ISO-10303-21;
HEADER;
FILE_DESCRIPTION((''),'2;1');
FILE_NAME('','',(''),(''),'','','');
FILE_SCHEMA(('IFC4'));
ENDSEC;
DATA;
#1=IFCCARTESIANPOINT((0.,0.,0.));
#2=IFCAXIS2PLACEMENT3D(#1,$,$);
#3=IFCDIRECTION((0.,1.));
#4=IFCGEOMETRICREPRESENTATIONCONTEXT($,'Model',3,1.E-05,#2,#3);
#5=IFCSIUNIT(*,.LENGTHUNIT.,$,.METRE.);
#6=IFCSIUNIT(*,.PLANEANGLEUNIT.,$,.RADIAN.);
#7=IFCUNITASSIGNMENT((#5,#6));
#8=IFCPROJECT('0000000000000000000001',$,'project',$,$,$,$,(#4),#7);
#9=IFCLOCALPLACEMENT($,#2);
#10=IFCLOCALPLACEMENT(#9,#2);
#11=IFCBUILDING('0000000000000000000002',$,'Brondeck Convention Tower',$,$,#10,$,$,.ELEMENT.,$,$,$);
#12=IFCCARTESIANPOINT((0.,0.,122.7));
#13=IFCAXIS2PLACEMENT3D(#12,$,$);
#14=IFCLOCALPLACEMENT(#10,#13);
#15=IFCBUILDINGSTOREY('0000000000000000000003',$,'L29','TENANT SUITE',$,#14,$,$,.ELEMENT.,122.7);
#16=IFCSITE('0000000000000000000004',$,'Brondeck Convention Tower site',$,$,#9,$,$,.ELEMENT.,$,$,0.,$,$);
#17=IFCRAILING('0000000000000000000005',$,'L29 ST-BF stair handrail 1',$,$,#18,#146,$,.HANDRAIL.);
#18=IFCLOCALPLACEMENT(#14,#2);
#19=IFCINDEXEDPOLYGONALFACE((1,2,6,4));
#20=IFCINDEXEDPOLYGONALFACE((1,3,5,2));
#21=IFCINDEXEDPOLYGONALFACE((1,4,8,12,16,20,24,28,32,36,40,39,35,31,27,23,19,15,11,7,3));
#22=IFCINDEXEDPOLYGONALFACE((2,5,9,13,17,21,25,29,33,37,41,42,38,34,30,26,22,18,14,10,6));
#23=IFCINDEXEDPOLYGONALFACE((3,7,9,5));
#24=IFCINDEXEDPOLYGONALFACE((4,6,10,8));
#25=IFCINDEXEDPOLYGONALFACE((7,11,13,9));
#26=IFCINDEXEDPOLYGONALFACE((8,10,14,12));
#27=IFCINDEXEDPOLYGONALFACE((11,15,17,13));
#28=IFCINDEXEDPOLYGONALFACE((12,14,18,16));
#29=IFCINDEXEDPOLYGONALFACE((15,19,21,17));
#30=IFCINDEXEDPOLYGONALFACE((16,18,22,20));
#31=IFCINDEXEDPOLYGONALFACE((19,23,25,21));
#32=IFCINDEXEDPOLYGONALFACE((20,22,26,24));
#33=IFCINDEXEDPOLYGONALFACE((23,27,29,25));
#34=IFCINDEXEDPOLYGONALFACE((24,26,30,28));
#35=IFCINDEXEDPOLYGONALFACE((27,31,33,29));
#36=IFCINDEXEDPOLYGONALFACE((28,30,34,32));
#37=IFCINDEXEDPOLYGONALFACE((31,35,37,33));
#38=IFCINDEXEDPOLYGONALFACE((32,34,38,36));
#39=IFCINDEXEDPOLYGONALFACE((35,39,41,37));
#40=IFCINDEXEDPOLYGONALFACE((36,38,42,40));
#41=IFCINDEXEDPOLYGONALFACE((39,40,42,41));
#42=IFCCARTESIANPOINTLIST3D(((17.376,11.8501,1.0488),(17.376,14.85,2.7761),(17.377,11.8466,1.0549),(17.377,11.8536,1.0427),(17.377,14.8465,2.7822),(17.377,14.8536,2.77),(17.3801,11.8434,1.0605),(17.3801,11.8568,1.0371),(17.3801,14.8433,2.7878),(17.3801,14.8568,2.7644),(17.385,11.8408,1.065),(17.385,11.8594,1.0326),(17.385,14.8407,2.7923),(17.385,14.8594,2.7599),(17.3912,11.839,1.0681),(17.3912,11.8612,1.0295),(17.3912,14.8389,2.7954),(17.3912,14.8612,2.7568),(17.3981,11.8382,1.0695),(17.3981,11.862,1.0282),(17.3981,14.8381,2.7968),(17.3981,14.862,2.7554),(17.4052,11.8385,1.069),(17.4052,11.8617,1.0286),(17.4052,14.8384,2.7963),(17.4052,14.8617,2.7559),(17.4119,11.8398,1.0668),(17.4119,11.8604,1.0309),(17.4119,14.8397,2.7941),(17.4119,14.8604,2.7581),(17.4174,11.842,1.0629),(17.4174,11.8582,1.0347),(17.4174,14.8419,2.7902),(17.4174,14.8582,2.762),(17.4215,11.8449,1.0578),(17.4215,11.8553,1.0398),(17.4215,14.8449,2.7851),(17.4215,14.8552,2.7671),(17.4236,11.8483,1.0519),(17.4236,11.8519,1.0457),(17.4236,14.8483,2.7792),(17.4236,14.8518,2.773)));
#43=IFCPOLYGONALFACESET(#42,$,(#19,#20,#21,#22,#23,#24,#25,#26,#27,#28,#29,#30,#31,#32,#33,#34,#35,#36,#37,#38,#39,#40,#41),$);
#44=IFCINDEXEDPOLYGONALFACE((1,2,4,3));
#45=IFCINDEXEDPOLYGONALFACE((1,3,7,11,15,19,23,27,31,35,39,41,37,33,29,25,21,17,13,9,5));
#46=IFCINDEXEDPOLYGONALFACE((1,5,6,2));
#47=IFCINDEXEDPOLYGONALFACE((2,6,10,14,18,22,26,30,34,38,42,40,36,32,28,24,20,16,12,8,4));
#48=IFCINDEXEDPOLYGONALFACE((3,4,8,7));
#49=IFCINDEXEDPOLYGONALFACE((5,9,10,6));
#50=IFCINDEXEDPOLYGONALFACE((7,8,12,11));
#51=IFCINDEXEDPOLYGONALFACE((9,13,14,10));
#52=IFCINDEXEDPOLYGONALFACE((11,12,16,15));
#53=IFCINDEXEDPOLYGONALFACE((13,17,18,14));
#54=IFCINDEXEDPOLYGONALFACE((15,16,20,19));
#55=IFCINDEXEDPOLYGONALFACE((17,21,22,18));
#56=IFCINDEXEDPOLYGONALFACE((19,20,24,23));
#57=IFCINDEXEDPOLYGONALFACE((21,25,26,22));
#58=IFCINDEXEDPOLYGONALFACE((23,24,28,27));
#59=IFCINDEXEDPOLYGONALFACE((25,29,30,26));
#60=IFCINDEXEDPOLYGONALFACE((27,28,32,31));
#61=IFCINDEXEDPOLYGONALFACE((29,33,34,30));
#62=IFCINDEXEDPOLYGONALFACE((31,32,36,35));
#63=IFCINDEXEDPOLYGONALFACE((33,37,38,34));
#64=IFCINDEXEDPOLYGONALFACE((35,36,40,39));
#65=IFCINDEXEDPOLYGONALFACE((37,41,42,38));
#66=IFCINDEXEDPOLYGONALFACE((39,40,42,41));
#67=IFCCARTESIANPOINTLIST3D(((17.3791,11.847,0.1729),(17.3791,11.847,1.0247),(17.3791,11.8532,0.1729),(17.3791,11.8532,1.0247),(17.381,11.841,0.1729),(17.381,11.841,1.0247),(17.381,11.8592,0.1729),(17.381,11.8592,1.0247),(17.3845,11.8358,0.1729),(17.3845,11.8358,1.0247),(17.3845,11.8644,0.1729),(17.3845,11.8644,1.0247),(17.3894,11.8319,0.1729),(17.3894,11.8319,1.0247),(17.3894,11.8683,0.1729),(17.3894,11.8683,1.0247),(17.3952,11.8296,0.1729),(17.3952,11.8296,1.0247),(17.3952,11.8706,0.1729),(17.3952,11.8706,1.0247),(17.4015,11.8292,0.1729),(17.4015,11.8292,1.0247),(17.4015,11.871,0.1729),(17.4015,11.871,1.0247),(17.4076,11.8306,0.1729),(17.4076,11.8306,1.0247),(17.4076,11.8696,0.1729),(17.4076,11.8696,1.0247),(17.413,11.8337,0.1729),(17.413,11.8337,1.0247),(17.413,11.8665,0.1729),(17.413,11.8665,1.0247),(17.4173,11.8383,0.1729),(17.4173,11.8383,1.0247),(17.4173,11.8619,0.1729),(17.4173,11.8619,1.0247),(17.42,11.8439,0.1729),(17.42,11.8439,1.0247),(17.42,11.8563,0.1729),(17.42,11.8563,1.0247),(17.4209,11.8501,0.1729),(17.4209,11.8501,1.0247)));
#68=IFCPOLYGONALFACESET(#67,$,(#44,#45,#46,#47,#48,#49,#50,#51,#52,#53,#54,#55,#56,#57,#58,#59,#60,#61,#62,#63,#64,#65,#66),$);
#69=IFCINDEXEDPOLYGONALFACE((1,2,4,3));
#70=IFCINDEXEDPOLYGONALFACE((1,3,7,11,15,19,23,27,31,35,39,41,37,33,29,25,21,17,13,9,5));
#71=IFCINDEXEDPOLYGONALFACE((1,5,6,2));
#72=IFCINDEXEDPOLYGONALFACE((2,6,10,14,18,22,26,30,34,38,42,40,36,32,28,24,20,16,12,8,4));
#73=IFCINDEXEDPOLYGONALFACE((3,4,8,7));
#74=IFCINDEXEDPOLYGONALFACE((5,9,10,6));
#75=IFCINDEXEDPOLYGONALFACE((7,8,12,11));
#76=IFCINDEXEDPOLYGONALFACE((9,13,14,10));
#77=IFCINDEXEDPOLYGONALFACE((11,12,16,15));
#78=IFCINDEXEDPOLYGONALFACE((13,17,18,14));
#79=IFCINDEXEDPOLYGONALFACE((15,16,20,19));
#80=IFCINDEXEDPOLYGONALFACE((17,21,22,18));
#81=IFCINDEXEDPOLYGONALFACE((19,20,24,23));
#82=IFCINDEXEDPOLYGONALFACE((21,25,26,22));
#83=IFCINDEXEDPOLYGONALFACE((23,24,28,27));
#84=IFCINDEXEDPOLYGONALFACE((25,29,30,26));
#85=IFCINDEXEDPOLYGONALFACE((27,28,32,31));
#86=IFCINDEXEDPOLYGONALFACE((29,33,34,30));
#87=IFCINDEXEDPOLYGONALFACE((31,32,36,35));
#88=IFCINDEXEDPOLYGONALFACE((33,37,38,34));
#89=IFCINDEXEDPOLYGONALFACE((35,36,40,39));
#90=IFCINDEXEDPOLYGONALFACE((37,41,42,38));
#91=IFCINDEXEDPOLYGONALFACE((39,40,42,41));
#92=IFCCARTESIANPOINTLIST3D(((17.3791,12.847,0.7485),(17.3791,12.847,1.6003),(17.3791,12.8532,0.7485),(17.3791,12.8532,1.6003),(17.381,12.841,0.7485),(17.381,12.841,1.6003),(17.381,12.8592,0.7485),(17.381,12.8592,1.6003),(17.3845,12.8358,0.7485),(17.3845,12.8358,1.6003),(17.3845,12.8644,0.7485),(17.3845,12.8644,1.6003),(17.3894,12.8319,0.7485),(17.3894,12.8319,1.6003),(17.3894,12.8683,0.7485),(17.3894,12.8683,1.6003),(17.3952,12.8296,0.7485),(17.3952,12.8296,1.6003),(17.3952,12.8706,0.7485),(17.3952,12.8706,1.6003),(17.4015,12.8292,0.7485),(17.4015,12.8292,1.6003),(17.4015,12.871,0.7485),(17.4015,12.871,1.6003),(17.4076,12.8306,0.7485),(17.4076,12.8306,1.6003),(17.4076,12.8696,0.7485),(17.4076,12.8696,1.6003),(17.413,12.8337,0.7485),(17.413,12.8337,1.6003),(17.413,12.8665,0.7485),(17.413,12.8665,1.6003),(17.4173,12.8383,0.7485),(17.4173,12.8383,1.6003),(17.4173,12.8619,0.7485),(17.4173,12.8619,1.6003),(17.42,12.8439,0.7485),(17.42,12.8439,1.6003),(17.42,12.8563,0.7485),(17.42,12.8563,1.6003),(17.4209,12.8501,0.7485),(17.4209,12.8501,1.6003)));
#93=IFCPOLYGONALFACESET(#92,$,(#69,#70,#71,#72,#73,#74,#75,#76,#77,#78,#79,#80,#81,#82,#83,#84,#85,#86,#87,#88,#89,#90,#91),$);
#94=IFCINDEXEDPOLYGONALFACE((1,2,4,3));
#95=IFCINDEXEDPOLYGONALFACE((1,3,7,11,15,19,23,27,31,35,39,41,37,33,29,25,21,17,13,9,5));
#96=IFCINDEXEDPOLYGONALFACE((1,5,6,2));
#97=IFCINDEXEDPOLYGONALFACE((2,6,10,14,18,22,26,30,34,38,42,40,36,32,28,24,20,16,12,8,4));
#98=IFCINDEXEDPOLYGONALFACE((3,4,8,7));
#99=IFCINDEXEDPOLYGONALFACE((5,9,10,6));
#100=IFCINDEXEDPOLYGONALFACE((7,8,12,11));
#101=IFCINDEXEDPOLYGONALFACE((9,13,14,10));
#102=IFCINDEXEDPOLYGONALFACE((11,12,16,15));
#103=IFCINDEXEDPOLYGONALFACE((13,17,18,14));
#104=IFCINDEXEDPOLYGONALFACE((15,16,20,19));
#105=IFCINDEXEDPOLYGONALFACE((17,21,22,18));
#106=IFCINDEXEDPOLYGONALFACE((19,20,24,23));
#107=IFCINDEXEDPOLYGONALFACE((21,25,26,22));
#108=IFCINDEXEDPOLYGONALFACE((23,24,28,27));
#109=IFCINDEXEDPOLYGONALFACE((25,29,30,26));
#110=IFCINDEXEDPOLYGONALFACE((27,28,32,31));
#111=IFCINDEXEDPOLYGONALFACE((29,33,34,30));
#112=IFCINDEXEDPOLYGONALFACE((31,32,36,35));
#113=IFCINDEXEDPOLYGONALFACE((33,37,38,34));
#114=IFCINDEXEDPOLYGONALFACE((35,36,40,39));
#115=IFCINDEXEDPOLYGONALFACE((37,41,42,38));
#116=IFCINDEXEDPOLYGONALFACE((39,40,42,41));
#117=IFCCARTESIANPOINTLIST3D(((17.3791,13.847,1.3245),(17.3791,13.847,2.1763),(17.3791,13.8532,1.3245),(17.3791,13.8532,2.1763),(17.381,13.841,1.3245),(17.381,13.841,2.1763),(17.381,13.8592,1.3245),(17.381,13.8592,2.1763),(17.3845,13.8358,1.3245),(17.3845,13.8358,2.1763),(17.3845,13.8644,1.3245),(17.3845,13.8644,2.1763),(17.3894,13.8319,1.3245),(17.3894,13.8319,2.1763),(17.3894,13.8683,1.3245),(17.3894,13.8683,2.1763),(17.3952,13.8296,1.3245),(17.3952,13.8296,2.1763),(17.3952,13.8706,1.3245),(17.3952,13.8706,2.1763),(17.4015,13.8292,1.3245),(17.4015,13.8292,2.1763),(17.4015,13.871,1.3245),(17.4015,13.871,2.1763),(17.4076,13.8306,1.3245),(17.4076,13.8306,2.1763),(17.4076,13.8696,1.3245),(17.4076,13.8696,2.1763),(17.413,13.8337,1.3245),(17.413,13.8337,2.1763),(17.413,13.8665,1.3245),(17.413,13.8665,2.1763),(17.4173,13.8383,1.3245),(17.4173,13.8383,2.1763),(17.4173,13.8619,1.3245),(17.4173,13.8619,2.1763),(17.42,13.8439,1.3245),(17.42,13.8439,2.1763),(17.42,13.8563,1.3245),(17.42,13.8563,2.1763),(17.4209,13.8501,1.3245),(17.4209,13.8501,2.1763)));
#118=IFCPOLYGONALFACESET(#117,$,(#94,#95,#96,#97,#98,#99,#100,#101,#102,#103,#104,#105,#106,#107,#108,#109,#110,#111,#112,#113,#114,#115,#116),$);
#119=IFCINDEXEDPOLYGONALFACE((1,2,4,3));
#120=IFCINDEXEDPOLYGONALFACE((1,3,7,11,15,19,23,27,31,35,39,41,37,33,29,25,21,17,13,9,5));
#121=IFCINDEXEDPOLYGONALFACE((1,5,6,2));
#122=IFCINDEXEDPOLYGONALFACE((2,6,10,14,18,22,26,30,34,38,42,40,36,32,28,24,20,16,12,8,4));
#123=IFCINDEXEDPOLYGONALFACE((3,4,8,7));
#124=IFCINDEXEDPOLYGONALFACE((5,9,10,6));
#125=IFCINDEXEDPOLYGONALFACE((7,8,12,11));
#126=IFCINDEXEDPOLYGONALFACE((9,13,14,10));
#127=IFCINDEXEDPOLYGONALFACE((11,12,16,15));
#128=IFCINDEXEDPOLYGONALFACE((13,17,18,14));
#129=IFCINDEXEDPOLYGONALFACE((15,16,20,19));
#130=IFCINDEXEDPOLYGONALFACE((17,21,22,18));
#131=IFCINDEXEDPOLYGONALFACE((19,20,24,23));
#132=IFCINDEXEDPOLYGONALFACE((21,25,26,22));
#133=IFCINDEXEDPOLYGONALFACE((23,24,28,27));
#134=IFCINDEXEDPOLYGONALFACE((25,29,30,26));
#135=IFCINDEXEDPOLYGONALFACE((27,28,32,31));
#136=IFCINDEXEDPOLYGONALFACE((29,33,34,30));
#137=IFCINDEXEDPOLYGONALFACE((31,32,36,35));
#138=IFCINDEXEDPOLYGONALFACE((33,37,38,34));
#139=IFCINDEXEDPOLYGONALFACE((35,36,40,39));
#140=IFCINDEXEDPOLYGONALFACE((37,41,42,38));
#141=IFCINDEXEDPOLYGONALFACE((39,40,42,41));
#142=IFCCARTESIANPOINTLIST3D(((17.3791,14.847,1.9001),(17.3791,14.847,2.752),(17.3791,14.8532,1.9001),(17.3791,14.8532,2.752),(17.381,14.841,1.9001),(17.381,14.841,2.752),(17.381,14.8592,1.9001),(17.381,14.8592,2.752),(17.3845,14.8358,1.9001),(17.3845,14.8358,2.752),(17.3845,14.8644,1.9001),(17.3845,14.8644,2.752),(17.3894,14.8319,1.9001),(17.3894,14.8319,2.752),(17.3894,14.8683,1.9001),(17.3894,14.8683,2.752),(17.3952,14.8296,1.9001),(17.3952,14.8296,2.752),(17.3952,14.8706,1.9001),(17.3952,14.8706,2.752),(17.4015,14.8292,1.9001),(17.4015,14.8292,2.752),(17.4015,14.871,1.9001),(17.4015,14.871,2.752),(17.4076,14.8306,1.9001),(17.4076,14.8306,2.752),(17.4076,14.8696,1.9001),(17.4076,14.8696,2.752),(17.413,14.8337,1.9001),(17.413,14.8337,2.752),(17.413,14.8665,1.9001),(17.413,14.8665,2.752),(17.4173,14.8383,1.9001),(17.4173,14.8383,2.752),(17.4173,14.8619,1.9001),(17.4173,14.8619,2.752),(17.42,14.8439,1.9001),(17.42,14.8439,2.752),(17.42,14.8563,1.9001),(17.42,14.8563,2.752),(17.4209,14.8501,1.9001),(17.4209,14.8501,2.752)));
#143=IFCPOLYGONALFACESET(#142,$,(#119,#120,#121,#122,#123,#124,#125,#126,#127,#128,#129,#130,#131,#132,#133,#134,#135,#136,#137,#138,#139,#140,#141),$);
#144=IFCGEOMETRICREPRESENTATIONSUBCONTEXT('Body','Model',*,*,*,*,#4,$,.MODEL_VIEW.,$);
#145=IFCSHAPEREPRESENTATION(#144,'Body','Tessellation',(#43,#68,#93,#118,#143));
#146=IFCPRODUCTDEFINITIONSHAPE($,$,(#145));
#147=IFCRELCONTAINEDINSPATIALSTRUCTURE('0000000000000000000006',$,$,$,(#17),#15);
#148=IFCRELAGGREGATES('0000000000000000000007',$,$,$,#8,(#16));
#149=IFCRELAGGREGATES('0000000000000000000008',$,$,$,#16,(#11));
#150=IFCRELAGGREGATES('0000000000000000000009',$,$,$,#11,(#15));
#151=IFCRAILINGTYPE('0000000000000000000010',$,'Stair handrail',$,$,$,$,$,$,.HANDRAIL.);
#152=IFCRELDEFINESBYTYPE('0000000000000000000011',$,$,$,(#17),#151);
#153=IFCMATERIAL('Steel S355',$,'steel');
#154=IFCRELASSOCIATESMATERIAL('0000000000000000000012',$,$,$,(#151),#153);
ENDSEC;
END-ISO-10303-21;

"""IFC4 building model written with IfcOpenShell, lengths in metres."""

from ifc_helpers import new_model, si_unit, direction, frame, origin, origin_2d, place, context, subcontext, project, spatial, circle, extrude, material, type_object, element, save


model = new_model("IFC4")

# Units and contexts
model_context = context("Model", 3, precision=1e-05, world=origin(), true_north=direction((0.0, 1.0)))
body_context = subcontext(model_context, "Body", "Model", "MODEL_VIEW")
ifc_project = project(units=[si_unit("LENGTHUNIT", "METRE"), si_unit("PLANEANGLEUNIT", "RADIAN")], contexts=[model_context])

# Site, building, storey
site_placement = place(None, origin())
site = spatial("IfcSite", under=ifc_project, at=site_placement, Name="Brondeck Convention Tower site", CompositionType="ELEMENT", RefElevation=0.0)
building_placement = place(site_placement, origin())
building = spatial("IfcBuilding", under=site, at=building_placement, Name="Brondeck Convention Tower", CompositionType="ELEMENT")
storey_placement = place(building_placement, frame((0.0, 0.0, 122.7)))
storey = spatial("IfcBuildingStorey", under=building, at=storey_placement, Name="L29", Description="TENANT SUITE", CompositionType="ELEMENT", Elevation=122.7)

# Shared definitions
ifc_material_1 = material(Name="Steel S355", Category="steel")

# Railing
railing_type_1 = type_object("IfcRailingType", Name="Stair handrail", PredefinedType="HANDRAIL", material=ifc_material_1)
railing_1_placement = place(storey_placement, frame((17.3999, 11.8501, 0.1729)))
element("IfcRailing", 1, at=railing_1_placement, inside=storey, type_object=railing_type_1, Name="L29 ST-BF stair handrail 1", PredefinedType="HANDRAIL", context=body_context, shape_type="SweptSolid", body=[
    extrude(circle(Radius=0.0239, at=origin_2d()), frame((0.0, 0.0, 0.876), z_axis=(0.0, 0.86662, 0.498969), x_axis=(-1.0, 0.0, 0.0)), (0.0, 0.0, 1.0), 3.4617),
    extrude(circle(Radius=0.021, at=origin_2d()), origin(), (0.0, 0.0, 1.0), 0.8518),
    extrude(circle(Radius=0.021, at=origin_2d()), frame((0.0, 1.0, 0.5757)), (0.0, 0.0, 1.0), 0.8518),
    extrude(circle(Radius=0.021, at=origin_2d()), frame((0.0, 2.0, 1.1516)), (0.0, 0.0, 1.0), 0.8518),
    extrude(circle(Radius=0.021, at=origin_2d()), frame((0.0, 3.0, 1.7273)), (0.0, 0.0, 1.0), 0.8518),
])

save(model, "model.ifc")
